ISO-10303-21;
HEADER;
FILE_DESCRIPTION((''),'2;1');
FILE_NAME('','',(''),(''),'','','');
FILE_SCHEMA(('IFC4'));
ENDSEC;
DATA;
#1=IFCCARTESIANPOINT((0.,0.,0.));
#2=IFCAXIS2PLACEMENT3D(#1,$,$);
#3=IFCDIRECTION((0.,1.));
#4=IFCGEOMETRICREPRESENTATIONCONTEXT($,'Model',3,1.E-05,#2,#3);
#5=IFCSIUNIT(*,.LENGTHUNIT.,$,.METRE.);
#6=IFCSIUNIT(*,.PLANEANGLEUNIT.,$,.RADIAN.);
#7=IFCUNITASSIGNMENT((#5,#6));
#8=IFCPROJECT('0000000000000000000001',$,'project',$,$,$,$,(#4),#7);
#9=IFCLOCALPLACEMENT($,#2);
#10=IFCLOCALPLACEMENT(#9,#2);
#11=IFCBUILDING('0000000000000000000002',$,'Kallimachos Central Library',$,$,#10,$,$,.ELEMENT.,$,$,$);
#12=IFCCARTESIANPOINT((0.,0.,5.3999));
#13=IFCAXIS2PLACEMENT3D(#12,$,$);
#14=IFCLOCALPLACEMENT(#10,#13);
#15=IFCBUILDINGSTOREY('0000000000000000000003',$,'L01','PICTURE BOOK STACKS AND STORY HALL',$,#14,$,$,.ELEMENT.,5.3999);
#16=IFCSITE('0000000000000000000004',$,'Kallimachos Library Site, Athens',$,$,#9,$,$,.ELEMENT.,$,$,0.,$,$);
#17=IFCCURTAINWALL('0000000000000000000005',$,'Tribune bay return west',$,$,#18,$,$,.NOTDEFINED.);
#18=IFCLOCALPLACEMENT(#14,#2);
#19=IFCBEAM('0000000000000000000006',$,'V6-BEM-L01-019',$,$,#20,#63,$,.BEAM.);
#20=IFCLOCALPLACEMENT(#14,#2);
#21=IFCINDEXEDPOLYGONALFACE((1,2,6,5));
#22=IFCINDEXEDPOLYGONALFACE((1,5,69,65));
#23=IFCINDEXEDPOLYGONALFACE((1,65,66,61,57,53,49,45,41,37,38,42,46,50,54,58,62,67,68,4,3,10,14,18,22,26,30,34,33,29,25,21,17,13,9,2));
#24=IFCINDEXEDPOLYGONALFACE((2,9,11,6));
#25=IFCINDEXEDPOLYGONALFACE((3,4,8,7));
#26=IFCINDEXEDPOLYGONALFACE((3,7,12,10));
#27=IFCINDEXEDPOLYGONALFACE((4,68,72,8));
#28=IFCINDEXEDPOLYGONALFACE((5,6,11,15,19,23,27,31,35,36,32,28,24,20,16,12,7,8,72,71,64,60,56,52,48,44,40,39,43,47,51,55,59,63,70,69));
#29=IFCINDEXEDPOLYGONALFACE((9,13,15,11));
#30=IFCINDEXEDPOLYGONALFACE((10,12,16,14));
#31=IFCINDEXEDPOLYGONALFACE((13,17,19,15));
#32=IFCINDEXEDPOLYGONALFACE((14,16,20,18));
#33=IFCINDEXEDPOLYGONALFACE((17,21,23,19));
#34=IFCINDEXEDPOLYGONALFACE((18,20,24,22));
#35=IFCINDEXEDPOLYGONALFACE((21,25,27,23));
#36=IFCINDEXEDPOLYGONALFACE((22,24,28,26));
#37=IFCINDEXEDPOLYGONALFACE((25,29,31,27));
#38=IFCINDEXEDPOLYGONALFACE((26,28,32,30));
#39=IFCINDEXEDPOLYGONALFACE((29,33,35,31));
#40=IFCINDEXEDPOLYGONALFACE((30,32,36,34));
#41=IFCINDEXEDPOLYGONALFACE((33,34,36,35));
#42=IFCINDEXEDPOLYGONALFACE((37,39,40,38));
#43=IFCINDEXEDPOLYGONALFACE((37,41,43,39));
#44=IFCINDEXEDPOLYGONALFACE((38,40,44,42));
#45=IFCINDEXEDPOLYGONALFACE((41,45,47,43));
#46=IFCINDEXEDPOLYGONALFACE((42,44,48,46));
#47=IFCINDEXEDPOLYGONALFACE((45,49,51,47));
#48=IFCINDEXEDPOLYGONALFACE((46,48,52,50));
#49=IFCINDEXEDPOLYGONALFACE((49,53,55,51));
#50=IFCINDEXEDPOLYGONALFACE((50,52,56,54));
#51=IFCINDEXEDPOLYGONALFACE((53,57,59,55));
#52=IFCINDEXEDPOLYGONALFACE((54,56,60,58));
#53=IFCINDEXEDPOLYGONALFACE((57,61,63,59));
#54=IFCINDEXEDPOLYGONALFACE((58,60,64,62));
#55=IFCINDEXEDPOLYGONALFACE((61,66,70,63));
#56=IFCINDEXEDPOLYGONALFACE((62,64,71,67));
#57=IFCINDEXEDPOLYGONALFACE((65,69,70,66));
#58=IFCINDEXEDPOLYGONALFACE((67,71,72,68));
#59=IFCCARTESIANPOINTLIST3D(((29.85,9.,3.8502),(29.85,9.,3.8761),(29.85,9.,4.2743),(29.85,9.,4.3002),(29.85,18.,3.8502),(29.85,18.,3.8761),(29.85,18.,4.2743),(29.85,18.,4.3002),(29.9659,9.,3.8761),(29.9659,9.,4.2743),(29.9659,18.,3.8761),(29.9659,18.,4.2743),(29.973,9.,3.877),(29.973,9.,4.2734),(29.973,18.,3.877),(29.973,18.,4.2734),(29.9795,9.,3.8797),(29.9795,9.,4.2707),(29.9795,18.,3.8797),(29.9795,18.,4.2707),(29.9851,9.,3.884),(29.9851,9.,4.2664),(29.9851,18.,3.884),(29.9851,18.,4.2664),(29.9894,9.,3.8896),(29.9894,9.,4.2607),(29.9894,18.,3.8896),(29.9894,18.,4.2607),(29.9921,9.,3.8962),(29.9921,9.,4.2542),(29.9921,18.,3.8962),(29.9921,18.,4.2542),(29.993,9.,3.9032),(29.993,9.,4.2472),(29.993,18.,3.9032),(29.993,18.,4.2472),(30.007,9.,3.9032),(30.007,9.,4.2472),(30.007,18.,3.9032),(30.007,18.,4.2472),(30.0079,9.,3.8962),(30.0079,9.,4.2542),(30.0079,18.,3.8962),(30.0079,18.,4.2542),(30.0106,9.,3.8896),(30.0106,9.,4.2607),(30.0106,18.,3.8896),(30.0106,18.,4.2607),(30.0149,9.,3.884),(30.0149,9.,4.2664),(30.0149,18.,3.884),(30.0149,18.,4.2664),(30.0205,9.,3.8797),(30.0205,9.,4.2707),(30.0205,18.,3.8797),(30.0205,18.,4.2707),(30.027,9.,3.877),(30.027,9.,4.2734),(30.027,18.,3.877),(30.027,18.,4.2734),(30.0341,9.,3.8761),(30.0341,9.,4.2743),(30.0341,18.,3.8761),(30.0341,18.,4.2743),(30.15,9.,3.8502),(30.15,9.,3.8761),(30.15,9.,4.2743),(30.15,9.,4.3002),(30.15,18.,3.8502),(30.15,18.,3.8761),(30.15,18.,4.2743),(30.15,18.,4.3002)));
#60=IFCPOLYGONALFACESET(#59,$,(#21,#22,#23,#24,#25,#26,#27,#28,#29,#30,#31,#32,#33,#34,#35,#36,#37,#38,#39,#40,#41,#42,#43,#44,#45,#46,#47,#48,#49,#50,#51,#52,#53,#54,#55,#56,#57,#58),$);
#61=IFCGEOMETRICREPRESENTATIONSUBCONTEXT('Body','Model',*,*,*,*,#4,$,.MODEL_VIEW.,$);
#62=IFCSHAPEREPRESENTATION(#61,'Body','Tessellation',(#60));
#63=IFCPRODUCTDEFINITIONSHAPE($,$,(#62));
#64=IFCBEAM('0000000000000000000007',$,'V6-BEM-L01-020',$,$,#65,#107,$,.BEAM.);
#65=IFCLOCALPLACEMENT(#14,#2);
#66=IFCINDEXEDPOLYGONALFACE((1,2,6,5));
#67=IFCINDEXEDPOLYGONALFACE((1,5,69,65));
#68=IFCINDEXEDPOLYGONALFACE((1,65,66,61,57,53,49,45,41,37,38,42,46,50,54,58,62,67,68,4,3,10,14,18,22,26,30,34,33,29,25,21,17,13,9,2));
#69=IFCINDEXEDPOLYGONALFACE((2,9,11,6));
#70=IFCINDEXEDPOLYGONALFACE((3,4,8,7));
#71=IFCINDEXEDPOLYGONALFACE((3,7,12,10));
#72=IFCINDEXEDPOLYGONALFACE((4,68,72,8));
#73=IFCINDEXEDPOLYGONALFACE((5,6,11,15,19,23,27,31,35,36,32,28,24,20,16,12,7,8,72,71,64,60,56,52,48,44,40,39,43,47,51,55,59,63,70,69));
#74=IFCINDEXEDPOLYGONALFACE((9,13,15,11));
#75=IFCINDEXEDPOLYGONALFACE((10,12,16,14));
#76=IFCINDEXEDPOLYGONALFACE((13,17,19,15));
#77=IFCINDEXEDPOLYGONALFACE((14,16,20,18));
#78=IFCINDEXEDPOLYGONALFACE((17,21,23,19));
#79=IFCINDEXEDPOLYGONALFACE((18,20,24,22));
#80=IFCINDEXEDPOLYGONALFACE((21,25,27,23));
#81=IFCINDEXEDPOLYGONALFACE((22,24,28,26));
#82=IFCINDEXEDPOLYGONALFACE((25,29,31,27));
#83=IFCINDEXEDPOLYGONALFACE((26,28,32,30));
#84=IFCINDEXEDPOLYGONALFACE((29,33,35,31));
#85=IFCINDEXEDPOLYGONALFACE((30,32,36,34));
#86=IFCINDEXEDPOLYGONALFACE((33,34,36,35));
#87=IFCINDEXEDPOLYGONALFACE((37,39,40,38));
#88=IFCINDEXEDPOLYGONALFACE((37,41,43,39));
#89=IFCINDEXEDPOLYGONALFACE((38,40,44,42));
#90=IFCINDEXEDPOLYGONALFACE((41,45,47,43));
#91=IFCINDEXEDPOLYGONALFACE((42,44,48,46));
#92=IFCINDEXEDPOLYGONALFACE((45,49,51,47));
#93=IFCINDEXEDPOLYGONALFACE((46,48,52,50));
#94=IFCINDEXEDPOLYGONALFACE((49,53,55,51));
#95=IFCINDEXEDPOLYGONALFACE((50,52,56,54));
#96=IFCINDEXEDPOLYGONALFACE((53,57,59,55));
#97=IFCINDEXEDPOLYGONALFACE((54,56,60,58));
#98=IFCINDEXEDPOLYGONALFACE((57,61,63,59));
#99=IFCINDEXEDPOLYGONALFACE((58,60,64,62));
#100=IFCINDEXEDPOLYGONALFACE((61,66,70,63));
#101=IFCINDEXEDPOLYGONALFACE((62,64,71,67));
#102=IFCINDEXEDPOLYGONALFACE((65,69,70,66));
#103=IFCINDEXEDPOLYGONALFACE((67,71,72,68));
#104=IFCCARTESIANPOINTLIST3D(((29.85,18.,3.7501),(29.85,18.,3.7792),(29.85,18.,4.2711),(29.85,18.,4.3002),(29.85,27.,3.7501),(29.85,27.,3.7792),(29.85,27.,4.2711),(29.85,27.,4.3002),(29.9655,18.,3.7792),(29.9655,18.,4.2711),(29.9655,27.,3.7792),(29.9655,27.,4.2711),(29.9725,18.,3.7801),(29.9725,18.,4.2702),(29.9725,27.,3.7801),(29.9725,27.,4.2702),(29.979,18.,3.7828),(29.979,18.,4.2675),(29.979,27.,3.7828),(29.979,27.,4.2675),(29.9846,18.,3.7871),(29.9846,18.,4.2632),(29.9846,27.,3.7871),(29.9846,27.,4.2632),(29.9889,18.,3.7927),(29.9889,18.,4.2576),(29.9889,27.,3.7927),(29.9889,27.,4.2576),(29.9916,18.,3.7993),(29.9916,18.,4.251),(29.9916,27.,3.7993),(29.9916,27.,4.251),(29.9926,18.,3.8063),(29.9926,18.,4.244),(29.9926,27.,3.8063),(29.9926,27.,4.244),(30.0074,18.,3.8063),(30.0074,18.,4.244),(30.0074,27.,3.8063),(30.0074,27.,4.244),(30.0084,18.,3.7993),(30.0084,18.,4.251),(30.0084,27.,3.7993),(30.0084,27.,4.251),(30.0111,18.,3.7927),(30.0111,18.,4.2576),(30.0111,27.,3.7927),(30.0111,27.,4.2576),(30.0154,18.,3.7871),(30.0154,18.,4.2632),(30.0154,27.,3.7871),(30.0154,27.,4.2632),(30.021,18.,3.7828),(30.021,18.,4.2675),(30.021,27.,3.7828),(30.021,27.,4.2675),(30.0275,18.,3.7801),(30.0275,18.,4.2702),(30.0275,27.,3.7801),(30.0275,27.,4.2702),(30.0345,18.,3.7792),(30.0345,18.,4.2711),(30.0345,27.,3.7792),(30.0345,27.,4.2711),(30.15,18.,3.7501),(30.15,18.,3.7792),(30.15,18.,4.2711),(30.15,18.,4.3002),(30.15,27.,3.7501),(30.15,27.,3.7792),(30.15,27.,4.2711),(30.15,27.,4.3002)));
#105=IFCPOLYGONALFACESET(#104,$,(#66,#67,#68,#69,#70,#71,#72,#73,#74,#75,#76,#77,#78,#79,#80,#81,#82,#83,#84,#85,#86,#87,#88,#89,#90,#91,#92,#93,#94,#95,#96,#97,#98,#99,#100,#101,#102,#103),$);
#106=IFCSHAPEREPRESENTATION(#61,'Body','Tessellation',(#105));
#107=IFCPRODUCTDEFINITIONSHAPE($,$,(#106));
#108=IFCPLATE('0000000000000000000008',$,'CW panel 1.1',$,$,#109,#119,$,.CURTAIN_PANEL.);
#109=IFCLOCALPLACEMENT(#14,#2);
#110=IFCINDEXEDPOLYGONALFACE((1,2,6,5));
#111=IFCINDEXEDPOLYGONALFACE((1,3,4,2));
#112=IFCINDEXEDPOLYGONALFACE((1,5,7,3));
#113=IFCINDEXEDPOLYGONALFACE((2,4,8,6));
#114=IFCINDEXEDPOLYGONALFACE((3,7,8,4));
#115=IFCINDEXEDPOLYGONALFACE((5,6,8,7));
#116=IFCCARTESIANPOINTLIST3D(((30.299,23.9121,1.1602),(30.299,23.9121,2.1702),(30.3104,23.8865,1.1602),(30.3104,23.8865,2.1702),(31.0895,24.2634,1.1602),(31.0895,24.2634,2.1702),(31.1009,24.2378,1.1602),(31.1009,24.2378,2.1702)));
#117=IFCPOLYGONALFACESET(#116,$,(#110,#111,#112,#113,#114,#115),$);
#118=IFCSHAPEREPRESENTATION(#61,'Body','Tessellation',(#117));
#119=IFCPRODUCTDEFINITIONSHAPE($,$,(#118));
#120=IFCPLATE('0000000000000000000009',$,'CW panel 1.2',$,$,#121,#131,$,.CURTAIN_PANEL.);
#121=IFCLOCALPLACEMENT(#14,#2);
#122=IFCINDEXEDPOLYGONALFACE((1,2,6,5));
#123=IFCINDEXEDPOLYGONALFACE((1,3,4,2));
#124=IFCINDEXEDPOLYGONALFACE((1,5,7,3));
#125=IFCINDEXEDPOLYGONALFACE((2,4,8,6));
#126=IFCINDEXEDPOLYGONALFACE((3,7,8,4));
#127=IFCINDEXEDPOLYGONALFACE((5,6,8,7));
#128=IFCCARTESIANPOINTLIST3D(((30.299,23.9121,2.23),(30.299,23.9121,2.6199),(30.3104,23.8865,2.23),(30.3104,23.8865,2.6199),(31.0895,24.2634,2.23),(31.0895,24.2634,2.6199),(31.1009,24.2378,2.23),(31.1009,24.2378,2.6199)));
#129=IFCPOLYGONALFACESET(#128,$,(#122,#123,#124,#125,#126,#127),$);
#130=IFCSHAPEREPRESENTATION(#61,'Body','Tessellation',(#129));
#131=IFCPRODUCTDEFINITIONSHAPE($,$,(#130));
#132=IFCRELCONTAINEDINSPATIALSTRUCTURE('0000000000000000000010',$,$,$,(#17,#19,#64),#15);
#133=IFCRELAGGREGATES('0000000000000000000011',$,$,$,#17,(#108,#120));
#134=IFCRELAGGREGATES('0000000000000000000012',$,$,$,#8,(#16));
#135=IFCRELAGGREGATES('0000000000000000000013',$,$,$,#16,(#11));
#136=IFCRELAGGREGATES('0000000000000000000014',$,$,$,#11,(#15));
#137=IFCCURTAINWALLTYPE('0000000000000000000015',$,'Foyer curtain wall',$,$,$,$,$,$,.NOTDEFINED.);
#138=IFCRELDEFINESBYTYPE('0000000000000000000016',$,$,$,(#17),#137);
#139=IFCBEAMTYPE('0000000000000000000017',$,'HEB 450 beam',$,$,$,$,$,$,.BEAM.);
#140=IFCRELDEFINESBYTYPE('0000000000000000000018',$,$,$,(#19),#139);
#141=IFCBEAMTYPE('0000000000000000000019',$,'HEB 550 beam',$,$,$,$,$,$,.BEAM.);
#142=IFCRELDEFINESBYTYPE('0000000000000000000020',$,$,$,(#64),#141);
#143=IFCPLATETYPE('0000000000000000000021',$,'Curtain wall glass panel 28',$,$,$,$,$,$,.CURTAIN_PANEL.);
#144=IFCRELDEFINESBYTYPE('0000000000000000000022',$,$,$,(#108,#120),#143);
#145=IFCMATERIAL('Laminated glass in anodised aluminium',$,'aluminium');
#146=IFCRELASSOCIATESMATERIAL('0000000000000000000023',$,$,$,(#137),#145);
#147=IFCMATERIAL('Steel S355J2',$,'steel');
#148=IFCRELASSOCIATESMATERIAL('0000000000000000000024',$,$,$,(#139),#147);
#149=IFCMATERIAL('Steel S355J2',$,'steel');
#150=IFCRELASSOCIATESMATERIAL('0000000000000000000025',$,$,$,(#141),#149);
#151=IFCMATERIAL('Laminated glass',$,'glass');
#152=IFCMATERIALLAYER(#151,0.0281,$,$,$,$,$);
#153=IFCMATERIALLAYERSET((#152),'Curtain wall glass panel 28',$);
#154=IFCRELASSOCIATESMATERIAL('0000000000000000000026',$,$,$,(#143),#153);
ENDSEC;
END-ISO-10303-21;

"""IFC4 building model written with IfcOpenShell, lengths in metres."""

from ifc_helpers import new_model, si_unit, direction, frame, origin, origin_2d, place, context, subcontext, project, spatial, rectangle, i_section, extrude, material, layer, layer_set, material_profile, profile_set, type_object, element, aggregate, save


model = new_model("IFC4")

# Units and contexts
model_context = context("Model", 3, precision=1e-05, world=origin(), true_north=direction((0.0, 1.0)))
body_context = subcontext(model_context, "Body", "Model", "MODEL_VIEW")
ifc_project = project(units=[si_unit("LENGTHUNIT", "METRE"), si_unit("PLANEANGLEUNIT", "RADIAN")], contexts=[model_context])

# Site, building, storey
site_placement = place(None, origin())
site = spatial("IfcSite", under=ifc_project, at=site_placement, Name="Kallimachos Library Site, Athens", CompositionType="ELEMENT", RefElevation=0.0)
building_placement = place(site_placement, origin())
building = spatial("IfcBuilding", under=site, at=building_placement, Name="Kallimachos Central Library", CompositionType="ELEMENT")
storey_placement = place(building_placement, frame((0.0, 0.0, 5.3999)))
storey = spatial("IfcBuildingStorey", under=building, at=storey_placement, Name="L01", Description="PICTURE BOOK STACKS AND STORY HALL", CompositionType="ELEMENT", Elevation=5.3999)

# Curtain wall
ifc_material_1 = material(Name="Laminated glass in anodised aluminium", Category="aluminium")
curtain_wall_type = type_object("IfcCurtainWallType", Name="Foyer curtain wall", PredefinedType="NOTDEFINED", material=ifc_material_1)
curtain_wall_placement = place(storey_placement, origin())
curtain_wall = element("IfcCurtainWall", 1, at=curtain_wall_placement, inside=storey, type_object=curtain_wall_type, Name="Tribune bay return west", PredefinedType="NOTDEFINED")

# Beams
ifc_material_2 = material(Name="Steel S355J2", Category="steel")
ifc_material_profile_1 = material_profile(ifc_material_2, i_section(OverallWidth=0.3, OverallDepth=0.45, WebThickness=0.0139, FlangeThickness=0.0259, FilletRadius=0.0271, at=origin_2d()), Name="HEB 450")
ifc_profile_set_1 = profile_set([ifc_material_profile_1], Name="Steel S355J2")
beam_type_1 = type_object("IfcBeamType", Name="HEB 450 beam", PredefinedType="BEAM", material=ifc_profile_set_1)
beam_1_placement = place(storey_placement, frame((30.0, 9.0, 4.0752), z_axis=(0.0, 1.0, 0.0), x_axis=(-1.0, 0.0, 0.0)))
element("IfcBeam", 2, at=beam_1_placement, inside=storey, type_object=beam_type_1, Name="V6-BEM-L01-019", PredefinedType="BEAM", context=body_context, shape_type="SweptSolid", body=[
    extrude(i_section(OverallWidth=0.3, OverallDepth=0.45, WebThickness=0.0139, FlangeThickness=0.0259, FilletRadius=0.0271, at=origin_2d()), origin(), (0.0, 0.0, 1.0), 9.0),
])
ifc_material_3 = material(Name="Steel S355J2", Category="steel")
ifc_material_profile_2 = material_profile(ifc_material_3, i_section(OverallWidth=0.3, OverallDepth=0.55, WebThickness=0.0149, FlangeThickness=0.0291, FilletRadius=0.0271, at=origin_2d()), Name="HEB 550")
ifc_profile_set_2 = profile_set([ifc_material_profile_2], Name="Steel S355J2")
beam_type_2 = type_object("IfcBeamType", Name="HEB 550 beam", PredefinedType="BEAM", material=ifc_profile_set_2)
beam_2_placement = place(storey_placement, frame((30.0, 18.0, 4.0251), z_axis=(0.0, 1.0, 0.0), x_axis=(-1.0, 0.0, 0.0)))
element("IfcBeam", 3, at=beam_2_placement, inside=storey, type_object=beam_type_2, Name="V6-BEM-L01-020", PredefinedType="BEAM", context=body_context, shape_type="SweptSolid", body=[
    extrude(i_section(OverallWidth=0.3, OverallDepth=0.55, WebThickness=0.0149, FlangeThickness=0.0291, FilletRadius=0.0271, at=origin_2d()), origin(), (0.0, 0.0, 1.0), 9.0),
])

# Plates
ifc_material_4 = material(Name="Laminated glass", Category="glass")
ifc_layer_1 = layer(ifc_material_4, 0.0281)
ifc_layer_set_1 = layer_set([ifc_layer_1], Name="Curtain wall glass panel 28")
plate_type = type_object("IfcPlateType", Name="Curtain wall glass panel 28", PredefinedType="CURTAIN_PANEL", material=ifc_layer_set_1)
plate_1_placement = place(storey_placement, frame((30.7, 24.075, 1.1602), z_axis=(0.0, 0.0, 1.0), x_axis=(0.913812, 0.406138, 0.0)))
plate_1 = element("IfcPlate", 4, at=plate_1_placement, type_object=plate_type, Name="CW panel 1.1", PredefinedType="CURTAIN_PANEL", context=body_context, shape_type="SweptSolid", body=[
    extrude(rectangle(XDim=0.865, YDim=0.0281, at=origin_2d()), origin(), (0.0, 0.0, 1.0), 1.01),
])
plate_2_placement = place(storey_placement, frame((30.7, 24.075, 2.23), z_axis=(0.0, 0.0, 1.0), x_axis=(0.913812, 0.406138, 0.0)))
plate_2 = element("IfcPlate", 5, at=plate_2_placement, type_object=plate_type, Name="CW panel 1.2", PredefinedType="CURTAIN_PANEL", context=body_context, shape_type="SweptSolid", body=[
    extrude(rectangle(XDim=0.865, YDim=0.0281, at=origin_2d()), origin(), (0.0, 0.0, 1.0), 0.3899),
])
aggregate(curtain_wall, [plate_1, plate_2])

save(model, "model.ifc")
